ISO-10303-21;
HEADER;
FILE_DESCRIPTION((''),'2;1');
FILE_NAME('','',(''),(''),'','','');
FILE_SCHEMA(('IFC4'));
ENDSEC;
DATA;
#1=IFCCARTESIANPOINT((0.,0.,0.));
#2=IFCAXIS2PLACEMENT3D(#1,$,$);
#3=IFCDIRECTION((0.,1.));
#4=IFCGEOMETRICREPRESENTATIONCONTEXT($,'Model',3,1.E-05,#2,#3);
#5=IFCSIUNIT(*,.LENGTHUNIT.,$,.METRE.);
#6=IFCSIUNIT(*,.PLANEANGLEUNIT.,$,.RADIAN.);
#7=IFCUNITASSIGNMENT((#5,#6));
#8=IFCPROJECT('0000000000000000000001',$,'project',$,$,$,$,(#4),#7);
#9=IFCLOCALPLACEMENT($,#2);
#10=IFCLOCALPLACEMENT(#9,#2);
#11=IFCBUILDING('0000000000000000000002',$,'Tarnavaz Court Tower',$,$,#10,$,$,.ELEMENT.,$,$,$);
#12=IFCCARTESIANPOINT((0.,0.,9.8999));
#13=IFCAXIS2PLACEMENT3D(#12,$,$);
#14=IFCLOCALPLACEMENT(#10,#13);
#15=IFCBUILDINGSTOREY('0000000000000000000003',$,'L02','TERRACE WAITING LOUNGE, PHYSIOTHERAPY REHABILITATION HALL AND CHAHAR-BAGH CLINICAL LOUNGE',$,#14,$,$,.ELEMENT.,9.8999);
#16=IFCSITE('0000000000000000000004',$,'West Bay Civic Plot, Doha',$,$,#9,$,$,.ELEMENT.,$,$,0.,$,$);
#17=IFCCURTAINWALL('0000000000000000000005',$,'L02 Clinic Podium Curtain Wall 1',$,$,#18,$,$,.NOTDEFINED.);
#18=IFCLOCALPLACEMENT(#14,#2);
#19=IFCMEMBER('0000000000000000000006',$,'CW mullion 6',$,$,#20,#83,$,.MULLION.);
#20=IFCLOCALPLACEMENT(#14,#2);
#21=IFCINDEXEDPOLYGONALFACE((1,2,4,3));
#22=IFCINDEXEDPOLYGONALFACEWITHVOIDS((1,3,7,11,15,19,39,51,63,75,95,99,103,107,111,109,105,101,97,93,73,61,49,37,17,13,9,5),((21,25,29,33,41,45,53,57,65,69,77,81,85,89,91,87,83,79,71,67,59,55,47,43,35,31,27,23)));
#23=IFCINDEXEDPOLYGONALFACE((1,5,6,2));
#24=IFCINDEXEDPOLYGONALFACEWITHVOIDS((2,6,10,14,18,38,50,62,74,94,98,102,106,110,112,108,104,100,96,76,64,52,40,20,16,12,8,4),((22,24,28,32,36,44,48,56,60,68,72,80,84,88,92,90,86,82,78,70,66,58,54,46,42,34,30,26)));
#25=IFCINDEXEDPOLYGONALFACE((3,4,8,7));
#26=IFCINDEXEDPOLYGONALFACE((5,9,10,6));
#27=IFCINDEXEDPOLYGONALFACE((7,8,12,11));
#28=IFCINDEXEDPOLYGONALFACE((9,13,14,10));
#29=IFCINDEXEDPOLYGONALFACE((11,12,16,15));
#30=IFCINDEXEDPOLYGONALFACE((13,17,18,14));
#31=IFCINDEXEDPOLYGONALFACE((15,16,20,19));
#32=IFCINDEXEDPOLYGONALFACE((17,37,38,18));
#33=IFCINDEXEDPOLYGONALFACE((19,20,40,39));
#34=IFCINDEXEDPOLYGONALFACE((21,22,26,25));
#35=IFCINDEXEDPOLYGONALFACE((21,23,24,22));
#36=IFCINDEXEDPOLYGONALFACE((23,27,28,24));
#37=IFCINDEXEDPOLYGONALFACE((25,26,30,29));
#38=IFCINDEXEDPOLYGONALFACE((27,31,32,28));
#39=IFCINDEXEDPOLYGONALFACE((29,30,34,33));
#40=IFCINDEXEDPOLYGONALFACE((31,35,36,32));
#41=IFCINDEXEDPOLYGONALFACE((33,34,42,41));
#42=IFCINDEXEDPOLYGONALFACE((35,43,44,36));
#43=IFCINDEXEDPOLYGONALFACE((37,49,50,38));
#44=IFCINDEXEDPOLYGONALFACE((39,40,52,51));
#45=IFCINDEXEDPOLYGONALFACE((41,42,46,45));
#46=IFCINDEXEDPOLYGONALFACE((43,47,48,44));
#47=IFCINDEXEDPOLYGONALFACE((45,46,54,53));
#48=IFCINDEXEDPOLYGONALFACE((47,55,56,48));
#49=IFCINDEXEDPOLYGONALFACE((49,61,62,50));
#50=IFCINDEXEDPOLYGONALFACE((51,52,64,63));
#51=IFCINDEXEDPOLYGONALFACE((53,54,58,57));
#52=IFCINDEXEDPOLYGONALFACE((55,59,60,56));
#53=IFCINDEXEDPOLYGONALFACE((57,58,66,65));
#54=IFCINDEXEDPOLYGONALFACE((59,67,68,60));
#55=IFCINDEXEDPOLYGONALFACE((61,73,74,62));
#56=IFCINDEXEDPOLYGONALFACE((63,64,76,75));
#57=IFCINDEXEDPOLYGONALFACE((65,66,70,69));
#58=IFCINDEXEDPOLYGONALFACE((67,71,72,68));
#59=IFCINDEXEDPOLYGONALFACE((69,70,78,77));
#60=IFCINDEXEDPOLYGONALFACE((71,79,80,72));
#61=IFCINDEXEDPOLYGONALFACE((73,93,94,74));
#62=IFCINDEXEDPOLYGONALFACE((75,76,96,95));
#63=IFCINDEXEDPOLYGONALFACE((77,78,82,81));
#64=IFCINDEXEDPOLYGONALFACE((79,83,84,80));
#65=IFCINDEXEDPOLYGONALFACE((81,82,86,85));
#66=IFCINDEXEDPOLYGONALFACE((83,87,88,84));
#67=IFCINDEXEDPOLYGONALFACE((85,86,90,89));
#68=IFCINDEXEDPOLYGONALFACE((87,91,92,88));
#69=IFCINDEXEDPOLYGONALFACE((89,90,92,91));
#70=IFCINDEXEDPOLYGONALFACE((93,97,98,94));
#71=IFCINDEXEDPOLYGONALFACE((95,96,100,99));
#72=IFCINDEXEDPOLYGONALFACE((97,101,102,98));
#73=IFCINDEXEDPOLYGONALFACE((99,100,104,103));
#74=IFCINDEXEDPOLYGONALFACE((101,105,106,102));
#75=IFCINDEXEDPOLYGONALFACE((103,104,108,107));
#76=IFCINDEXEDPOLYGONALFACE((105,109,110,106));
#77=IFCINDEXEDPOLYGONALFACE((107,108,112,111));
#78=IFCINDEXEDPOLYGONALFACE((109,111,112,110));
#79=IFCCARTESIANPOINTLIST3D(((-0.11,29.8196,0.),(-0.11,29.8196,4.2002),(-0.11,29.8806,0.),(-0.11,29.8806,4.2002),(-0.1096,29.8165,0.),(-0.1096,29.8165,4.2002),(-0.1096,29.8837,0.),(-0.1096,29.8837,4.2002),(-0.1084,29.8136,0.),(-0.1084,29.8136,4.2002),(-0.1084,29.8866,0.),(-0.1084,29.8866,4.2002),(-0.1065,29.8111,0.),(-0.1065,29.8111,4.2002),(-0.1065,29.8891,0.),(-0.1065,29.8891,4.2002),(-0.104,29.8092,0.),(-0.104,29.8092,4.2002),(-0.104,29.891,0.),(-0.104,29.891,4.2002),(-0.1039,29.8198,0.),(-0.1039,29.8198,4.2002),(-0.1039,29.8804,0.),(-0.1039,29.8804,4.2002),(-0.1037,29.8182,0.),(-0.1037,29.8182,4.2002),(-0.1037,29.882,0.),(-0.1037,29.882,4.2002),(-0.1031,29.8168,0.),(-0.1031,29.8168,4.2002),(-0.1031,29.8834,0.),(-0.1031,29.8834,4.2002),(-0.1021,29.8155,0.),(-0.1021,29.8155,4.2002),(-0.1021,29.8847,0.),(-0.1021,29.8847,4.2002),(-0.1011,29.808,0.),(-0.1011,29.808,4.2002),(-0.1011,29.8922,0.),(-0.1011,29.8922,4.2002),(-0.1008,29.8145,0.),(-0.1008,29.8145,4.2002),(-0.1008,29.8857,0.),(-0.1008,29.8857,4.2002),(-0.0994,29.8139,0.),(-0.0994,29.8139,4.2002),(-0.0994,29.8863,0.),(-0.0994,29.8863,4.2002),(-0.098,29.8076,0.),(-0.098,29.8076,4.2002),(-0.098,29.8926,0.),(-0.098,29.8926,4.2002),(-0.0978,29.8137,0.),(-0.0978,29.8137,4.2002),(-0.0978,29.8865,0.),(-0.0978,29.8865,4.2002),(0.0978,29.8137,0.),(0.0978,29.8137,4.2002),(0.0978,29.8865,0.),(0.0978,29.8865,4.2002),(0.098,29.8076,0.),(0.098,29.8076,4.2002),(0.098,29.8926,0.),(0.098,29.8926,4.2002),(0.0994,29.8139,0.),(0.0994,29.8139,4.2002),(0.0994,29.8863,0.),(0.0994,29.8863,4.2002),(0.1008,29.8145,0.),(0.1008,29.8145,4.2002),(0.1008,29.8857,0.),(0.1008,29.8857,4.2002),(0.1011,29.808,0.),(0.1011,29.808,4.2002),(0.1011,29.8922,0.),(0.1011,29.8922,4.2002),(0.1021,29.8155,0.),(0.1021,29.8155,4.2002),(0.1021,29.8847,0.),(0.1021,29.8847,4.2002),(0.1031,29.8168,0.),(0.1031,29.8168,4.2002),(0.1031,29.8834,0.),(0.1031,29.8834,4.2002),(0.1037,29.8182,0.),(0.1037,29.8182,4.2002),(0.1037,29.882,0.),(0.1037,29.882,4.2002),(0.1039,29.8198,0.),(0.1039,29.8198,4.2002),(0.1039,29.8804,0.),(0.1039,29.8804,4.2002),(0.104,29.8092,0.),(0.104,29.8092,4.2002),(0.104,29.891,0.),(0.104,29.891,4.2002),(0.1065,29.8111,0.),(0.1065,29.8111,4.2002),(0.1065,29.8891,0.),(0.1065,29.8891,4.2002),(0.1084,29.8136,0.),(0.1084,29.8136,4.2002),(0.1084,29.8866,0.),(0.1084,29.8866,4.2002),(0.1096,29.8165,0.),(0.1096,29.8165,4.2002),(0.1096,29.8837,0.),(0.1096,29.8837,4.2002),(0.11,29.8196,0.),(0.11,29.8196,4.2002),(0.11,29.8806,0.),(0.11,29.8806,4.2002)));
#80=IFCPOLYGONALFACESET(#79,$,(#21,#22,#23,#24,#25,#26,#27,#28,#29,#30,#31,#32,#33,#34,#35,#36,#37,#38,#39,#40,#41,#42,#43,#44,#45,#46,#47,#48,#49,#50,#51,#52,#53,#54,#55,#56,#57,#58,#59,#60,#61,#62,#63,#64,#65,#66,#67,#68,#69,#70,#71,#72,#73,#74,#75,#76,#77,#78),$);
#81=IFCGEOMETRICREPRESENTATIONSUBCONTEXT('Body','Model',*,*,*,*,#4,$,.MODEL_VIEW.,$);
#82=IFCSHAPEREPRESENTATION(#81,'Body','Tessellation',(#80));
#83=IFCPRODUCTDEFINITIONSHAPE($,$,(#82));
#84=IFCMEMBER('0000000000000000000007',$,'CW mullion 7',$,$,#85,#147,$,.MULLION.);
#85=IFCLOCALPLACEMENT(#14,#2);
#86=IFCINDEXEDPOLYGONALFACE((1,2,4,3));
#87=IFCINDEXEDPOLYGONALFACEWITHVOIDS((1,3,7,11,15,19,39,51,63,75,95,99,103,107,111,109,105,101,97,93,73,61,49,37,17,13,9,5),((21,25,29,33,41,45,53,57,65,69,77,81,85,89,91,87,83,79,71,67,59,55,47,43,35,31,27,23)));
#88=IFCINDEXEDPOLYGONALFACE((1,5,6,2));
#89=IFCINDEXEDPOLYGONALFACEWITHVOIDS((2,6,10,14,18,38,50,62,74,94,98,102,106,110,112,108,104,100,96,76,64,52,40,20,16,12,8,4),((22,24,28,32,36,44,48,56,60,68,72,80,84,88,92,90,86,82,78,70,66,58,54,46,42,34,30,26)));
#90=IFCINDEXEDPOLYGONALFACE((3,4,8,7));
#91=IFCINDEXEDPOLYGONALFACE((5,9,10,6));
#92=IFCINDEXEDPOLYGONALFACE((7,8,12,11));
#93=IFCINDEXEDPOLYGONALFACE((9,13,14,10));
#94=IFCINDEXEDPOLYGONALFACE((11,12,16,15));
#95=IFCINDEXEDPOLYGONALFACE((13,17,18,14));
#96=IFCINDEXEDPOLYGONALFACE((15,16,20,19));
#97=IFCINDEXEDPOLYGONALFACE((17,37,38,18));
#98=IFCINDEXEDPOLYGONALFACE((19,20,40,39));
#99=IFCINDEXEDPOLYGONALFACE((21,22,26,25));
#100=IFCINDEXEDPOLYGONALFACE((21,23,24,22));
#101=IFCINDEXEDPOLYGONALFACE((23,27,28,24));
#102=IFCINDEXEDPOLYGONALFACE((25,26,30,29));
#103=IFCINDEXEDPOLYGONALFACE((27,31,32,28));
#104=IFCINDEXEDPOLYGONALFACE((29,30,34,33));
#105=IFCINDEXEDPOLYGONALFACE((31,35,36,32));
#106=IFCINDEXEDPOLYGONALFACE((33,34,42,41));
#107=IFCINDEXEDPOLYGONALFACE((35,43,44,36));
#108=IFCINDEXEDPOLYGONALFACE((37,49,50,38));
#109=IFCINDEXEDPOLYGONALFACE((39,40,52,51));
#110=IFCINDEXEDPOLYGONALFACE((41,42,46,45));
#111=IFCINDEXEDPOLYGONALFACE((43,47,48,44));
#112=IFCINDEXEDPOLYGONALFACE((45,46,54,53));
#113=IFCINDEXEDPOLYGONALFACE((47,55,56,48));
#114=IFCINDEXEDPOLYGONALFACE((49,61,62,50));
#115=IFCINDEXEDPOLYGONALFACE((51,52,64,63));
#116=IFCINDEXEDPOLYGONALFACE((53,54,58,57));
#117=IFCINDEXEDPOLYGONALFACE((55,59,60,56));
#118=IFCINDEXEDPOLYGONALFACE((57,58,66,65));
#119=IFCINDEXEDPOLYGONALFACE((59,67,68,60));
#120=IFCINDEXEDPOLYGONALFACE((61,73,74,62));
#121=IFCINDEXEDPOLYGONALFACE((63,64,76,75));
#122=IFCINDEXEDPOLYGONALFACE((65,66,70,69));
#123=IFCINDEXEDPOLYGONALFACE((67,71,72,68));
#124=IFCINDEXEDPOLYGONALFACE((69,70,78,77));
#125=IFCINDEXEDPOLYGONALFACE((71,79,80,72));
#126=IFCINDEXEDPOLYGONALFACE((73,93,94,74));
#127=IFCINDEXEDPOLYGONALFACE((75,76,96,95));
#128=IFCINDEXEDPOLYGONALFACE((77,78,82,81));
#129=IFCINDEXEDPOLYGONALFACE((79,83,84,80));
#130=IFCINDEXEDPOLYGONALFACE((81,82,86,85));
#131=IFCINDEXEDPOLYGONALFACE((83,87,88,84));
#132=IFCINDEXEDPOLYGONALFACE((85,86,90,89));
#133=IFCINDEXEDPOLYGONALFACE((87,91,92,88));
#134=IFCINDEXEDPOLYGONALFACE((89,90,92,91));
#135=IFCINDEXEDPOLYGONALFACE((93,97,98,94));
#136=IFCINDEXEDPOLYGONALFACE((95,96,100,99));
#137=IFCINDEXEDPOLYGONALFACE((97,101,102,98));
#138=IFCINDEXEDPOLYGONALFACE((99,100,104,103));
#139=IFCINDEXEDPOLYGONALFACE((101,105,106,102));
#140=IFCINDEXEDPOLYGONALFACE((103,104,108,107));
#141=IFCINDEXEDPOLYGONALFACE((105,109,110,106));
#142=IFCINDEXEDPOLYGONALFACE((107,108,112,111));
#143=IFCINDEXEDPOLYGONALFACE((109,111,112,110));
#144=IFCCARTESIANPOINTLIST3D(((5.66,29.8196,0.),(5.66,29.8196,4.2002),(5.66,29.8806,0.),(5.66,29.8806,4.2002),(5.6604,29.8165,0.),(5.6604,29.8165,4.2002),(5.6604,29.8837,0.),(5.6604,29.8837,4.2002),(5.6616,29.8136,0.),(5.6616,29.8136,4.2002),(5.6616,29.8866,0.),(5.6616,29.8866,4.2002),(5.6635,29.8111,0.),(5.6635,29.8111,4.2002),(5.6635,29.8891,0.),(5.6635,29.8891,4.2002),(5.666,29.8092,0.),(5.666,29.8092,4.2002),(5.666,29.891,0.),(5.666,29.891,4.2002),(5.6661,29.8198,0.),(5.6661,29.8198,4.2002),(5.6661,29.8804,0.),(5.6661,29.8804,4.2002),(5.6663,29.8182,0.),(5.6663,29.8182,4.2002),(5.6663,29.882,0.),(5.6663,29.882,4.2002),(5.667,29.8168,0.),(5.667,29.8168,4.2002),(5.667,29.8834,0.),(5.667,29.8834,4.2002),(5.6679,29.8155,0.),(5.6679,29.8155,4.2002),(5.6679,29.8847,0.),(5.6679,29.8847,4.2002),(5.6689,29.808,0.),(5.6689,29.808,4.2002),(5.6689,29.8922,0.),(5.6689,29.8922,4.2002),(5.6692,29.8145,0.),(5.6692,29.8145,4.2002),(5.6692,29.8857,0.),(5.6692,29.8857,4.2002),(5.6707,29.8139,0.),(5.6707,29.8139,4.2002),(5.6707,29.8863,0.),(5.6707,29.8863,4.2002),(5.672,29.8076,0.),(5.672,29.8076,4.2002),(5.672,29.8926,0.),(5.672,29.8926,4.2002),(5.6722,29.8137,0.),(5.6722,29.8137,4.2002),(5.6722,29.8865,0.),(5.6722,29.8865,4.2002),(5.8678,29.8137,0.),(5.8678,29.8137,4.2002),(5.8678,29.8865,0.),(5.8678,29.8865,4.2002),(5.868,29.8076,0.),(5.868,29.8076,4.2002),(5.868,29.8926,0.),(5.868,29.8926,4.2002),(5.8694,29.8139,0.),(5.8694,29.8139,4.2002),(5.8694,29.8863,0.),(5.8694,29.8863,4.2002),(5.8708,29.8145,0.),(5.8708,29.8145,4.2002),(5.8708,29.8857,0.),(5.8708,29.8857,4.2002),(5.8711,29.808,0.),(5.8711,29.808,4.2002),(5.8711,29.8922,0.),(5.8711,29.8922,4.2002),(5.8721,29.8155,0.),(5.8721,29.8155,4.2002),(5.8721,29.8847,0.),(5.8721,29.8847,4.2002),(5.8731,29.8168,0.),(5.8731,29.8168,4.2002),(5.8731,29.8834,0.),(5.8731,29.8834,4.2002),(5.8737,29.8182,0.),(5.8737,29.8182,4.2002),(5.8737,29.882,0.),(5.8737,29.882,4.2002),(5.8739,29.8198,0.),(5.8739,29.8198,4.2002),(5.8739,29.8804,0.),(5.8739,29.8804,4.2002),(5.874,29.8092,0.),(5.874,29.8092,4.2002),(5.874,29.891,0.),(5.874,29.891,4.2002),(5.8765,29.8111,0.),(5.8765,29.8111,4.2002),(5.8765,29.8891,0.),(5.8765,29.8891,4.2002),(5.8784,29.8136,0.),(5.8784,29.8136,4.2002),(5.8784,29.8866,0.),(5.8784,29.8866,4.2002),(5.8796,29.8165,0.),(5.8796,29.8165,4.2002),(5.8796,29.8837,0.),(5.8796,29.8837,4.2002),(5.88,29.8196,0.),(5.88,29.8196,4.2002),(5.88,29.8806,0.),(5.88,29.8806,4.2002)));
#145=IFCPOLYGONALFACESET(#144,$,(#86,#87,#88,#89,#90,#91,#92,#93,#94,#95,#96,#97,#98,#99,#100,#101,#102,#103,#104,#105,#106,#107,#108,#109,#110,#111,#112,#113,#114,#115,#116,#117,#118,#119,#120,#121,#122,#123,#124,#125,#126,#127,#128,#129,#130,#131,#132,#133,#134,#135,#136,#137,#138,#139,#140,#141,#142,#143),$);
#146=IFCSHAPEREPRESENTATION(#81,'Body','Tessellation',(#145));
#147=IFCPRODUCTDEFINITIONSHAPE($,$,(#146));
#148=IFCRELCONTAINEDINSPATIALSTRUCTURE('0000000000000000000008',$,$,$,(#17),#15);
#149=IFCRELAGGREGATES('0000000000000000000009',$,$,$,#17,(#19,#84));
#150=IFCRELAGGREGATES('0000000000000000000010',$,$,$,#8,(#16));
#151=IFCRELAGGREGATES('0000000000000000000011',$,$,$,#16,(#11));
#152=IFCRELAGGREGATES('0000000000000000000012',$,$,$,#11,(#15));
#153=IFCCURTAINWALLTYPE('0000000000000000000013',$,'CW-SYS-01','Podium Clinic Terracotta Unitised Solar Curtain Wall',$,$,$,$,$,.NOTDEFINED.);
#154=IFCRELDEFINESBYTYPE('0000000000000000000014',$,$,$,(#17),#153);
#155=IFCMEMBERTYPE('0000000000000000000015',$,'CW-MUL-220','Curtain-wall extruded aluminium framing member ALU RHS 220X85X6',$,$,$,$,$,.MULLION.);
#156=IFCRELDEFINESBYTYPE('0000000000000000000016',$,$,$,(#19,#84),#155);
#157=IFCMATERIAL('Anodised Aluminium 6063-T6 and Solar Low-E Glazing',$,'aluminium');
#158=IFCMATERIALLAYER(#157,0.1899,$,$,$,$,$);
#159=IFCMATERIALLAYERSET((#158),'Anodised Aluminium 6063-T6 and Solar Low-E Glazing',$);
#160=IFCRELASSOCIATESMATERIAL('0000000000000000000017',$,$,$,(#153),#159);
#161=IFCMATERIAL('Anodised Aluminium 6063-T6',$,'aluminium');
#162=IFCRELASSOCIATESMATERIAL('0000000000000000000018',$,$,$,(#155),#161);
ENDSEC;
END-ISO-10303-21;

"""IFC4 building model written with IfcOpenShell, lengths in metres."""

from ifc_helpers import new_model, si_unit, direction, frame, origin, origin_2d, place, context, subcontext, project, spatial, hollow_rectangle, extrude, material, layer, layer_set, material_profile, profile_set, type_object, element, aggregate, save


model = new_model("IFC4")

# Units and contexts
model_context = context("Model", 3, precision=1e-05, world=origin(), true_north=direction((0.0, 1.0)))
body_context = subcontext(model_context, "Body", "Model", "MODEL_VIEW")
ifc_project = project(units=[si_unit("LENGTHUNIT", "METRE"), si_unit("PLANEANGLEUNIT", "RADIAN")], contexts=[model_context])

# Site, building, storey
site_placement = place(None, origin())
site = spatial("IfcSite", under=ifc_project, at=site_placement, Name="West Bay Civic Plot, Doha", CompositionType="ELEMENT", RefElevation=0.0)
building_placement = place(site_placement, origin())
building = spatial("IfcBuilding", under=site, at=building_placement, Name="Tarnavaz Court Tower", CompositionType="ELEMENT")
storey_placement = place(building_placement, frame((0.0, 0.0, 9.8999)))
storey = spatial("IfcBuildingStorey", under=building, at=storey_placement, Name="L02", Description="TERRACE WAITING LOUNGE, PHYSIOTHERAPY REHABILITATION HALL AND CHAHAR-BAGH CLINICAL LOUNGE", CompositionType="ELEMENT", Elevation=9.8999)

# Curtain wall, members
ifc_material_1 = material(Name="Anodised Aluminium 6063-T6 and Solar Low-E Glazing", Category="aluminium")
ifc_layer_1 = layer(ifc_material_1, 0.1899)
ifc_layer_set_1 = layer_set([ifc_layer_1], Name="Anodised Aluminium 6063-T6 and Solar Low-E Glazing")
curtain_wall_type = type_object("IfcCurtainWallType", Name="CW-SYS-01", Description="Podium Clinic Terracotta Unitised Solar Curtain Wall", PredefinedType="NOTDEFINED", material=ifc_layer_set_1)
curtain_wall_placement = place(storey_placement, origin())
curtain_wall = element("IfcCurtainWall", 1, at=curtain_wall_placement, inside=storey, type_object=curtain_wall_type, Name="L02 Clinic Podium Curtain Wall 1", PredefinedType="NOTDEFINED")
ifc_material_2 = material(Name="Anodised Aluminium 6063-T6", Category="aluminium")
ifc_material_profile_1 = material_profile(ifc_material_2, hollow_rectangle(XDim=0.085, YDim=0.22, WallThickness=0.0061, InnerFilletRadius=0.0061, OuterFilletRadius=0.012, at=origin_2d()), Name="ALU RHS 220X85X6")
ifc_profile_set_1 = profile_set([ifc_material_profile_1], Name="Anodised Aluminium 6063-T6")
member_type_1 = type_object("IfcMemberType", Name="CW-MUL-220", Description="Curtain-wall extruded aluminium framing member ALU RHS 220X85X6", PredefinedType="MULLION", material=ifc_profile_set_1)
member_1_placement = place(storey_placement, frame((0.0, 29.8501, 0.0), z_axis=(0.0, 0.0, 1.0), x_axis=(0.0, 1.0, 0.0)))
member_1 = element("IfcMember", 2, at=member_1_placement, type_object=member_type_1, Name="CW mullion 6", PredefinedType="MULLION", context=body_context, shape_type="SweptSolid", body=[
    extrude(hollow_rectangle(XDim=0.085, YDim=0.22, WallThickness=0.0061, InnerFilletRadius=0.0061, OuterFilletRadius=0.012, at=origin_2d()), origin(), (0.0, 0.0, 1.0), 4.2002),
])
member_2_placement = place(storey_placement, frame((5.77, 29.8501, 0.0), z_axis=(0.0, 0.0, 1.0), x_axis=(0.0, 1.0, 0.0)))
member_2 = element("IfcMember", 3, at=member_2_placement, type_object=member_type_1, Name="CW mullion 7", PredefinedType="MULLION", context=body_context, shape_type="SweptSolid", body=[
    extrude(hollow_rectangle(XDim=0.085, YDim=0.22, WallThickness=0.0061, InnerFilletRadius=0.0061, OuterFilletRadius=0.012, at=origin_2d()), origin(), (0.0, 0.0, 1.0), 4.2002),
])
aggregate(curtain_wall, [member_1, member_2])

save(model, "model.ifc")
